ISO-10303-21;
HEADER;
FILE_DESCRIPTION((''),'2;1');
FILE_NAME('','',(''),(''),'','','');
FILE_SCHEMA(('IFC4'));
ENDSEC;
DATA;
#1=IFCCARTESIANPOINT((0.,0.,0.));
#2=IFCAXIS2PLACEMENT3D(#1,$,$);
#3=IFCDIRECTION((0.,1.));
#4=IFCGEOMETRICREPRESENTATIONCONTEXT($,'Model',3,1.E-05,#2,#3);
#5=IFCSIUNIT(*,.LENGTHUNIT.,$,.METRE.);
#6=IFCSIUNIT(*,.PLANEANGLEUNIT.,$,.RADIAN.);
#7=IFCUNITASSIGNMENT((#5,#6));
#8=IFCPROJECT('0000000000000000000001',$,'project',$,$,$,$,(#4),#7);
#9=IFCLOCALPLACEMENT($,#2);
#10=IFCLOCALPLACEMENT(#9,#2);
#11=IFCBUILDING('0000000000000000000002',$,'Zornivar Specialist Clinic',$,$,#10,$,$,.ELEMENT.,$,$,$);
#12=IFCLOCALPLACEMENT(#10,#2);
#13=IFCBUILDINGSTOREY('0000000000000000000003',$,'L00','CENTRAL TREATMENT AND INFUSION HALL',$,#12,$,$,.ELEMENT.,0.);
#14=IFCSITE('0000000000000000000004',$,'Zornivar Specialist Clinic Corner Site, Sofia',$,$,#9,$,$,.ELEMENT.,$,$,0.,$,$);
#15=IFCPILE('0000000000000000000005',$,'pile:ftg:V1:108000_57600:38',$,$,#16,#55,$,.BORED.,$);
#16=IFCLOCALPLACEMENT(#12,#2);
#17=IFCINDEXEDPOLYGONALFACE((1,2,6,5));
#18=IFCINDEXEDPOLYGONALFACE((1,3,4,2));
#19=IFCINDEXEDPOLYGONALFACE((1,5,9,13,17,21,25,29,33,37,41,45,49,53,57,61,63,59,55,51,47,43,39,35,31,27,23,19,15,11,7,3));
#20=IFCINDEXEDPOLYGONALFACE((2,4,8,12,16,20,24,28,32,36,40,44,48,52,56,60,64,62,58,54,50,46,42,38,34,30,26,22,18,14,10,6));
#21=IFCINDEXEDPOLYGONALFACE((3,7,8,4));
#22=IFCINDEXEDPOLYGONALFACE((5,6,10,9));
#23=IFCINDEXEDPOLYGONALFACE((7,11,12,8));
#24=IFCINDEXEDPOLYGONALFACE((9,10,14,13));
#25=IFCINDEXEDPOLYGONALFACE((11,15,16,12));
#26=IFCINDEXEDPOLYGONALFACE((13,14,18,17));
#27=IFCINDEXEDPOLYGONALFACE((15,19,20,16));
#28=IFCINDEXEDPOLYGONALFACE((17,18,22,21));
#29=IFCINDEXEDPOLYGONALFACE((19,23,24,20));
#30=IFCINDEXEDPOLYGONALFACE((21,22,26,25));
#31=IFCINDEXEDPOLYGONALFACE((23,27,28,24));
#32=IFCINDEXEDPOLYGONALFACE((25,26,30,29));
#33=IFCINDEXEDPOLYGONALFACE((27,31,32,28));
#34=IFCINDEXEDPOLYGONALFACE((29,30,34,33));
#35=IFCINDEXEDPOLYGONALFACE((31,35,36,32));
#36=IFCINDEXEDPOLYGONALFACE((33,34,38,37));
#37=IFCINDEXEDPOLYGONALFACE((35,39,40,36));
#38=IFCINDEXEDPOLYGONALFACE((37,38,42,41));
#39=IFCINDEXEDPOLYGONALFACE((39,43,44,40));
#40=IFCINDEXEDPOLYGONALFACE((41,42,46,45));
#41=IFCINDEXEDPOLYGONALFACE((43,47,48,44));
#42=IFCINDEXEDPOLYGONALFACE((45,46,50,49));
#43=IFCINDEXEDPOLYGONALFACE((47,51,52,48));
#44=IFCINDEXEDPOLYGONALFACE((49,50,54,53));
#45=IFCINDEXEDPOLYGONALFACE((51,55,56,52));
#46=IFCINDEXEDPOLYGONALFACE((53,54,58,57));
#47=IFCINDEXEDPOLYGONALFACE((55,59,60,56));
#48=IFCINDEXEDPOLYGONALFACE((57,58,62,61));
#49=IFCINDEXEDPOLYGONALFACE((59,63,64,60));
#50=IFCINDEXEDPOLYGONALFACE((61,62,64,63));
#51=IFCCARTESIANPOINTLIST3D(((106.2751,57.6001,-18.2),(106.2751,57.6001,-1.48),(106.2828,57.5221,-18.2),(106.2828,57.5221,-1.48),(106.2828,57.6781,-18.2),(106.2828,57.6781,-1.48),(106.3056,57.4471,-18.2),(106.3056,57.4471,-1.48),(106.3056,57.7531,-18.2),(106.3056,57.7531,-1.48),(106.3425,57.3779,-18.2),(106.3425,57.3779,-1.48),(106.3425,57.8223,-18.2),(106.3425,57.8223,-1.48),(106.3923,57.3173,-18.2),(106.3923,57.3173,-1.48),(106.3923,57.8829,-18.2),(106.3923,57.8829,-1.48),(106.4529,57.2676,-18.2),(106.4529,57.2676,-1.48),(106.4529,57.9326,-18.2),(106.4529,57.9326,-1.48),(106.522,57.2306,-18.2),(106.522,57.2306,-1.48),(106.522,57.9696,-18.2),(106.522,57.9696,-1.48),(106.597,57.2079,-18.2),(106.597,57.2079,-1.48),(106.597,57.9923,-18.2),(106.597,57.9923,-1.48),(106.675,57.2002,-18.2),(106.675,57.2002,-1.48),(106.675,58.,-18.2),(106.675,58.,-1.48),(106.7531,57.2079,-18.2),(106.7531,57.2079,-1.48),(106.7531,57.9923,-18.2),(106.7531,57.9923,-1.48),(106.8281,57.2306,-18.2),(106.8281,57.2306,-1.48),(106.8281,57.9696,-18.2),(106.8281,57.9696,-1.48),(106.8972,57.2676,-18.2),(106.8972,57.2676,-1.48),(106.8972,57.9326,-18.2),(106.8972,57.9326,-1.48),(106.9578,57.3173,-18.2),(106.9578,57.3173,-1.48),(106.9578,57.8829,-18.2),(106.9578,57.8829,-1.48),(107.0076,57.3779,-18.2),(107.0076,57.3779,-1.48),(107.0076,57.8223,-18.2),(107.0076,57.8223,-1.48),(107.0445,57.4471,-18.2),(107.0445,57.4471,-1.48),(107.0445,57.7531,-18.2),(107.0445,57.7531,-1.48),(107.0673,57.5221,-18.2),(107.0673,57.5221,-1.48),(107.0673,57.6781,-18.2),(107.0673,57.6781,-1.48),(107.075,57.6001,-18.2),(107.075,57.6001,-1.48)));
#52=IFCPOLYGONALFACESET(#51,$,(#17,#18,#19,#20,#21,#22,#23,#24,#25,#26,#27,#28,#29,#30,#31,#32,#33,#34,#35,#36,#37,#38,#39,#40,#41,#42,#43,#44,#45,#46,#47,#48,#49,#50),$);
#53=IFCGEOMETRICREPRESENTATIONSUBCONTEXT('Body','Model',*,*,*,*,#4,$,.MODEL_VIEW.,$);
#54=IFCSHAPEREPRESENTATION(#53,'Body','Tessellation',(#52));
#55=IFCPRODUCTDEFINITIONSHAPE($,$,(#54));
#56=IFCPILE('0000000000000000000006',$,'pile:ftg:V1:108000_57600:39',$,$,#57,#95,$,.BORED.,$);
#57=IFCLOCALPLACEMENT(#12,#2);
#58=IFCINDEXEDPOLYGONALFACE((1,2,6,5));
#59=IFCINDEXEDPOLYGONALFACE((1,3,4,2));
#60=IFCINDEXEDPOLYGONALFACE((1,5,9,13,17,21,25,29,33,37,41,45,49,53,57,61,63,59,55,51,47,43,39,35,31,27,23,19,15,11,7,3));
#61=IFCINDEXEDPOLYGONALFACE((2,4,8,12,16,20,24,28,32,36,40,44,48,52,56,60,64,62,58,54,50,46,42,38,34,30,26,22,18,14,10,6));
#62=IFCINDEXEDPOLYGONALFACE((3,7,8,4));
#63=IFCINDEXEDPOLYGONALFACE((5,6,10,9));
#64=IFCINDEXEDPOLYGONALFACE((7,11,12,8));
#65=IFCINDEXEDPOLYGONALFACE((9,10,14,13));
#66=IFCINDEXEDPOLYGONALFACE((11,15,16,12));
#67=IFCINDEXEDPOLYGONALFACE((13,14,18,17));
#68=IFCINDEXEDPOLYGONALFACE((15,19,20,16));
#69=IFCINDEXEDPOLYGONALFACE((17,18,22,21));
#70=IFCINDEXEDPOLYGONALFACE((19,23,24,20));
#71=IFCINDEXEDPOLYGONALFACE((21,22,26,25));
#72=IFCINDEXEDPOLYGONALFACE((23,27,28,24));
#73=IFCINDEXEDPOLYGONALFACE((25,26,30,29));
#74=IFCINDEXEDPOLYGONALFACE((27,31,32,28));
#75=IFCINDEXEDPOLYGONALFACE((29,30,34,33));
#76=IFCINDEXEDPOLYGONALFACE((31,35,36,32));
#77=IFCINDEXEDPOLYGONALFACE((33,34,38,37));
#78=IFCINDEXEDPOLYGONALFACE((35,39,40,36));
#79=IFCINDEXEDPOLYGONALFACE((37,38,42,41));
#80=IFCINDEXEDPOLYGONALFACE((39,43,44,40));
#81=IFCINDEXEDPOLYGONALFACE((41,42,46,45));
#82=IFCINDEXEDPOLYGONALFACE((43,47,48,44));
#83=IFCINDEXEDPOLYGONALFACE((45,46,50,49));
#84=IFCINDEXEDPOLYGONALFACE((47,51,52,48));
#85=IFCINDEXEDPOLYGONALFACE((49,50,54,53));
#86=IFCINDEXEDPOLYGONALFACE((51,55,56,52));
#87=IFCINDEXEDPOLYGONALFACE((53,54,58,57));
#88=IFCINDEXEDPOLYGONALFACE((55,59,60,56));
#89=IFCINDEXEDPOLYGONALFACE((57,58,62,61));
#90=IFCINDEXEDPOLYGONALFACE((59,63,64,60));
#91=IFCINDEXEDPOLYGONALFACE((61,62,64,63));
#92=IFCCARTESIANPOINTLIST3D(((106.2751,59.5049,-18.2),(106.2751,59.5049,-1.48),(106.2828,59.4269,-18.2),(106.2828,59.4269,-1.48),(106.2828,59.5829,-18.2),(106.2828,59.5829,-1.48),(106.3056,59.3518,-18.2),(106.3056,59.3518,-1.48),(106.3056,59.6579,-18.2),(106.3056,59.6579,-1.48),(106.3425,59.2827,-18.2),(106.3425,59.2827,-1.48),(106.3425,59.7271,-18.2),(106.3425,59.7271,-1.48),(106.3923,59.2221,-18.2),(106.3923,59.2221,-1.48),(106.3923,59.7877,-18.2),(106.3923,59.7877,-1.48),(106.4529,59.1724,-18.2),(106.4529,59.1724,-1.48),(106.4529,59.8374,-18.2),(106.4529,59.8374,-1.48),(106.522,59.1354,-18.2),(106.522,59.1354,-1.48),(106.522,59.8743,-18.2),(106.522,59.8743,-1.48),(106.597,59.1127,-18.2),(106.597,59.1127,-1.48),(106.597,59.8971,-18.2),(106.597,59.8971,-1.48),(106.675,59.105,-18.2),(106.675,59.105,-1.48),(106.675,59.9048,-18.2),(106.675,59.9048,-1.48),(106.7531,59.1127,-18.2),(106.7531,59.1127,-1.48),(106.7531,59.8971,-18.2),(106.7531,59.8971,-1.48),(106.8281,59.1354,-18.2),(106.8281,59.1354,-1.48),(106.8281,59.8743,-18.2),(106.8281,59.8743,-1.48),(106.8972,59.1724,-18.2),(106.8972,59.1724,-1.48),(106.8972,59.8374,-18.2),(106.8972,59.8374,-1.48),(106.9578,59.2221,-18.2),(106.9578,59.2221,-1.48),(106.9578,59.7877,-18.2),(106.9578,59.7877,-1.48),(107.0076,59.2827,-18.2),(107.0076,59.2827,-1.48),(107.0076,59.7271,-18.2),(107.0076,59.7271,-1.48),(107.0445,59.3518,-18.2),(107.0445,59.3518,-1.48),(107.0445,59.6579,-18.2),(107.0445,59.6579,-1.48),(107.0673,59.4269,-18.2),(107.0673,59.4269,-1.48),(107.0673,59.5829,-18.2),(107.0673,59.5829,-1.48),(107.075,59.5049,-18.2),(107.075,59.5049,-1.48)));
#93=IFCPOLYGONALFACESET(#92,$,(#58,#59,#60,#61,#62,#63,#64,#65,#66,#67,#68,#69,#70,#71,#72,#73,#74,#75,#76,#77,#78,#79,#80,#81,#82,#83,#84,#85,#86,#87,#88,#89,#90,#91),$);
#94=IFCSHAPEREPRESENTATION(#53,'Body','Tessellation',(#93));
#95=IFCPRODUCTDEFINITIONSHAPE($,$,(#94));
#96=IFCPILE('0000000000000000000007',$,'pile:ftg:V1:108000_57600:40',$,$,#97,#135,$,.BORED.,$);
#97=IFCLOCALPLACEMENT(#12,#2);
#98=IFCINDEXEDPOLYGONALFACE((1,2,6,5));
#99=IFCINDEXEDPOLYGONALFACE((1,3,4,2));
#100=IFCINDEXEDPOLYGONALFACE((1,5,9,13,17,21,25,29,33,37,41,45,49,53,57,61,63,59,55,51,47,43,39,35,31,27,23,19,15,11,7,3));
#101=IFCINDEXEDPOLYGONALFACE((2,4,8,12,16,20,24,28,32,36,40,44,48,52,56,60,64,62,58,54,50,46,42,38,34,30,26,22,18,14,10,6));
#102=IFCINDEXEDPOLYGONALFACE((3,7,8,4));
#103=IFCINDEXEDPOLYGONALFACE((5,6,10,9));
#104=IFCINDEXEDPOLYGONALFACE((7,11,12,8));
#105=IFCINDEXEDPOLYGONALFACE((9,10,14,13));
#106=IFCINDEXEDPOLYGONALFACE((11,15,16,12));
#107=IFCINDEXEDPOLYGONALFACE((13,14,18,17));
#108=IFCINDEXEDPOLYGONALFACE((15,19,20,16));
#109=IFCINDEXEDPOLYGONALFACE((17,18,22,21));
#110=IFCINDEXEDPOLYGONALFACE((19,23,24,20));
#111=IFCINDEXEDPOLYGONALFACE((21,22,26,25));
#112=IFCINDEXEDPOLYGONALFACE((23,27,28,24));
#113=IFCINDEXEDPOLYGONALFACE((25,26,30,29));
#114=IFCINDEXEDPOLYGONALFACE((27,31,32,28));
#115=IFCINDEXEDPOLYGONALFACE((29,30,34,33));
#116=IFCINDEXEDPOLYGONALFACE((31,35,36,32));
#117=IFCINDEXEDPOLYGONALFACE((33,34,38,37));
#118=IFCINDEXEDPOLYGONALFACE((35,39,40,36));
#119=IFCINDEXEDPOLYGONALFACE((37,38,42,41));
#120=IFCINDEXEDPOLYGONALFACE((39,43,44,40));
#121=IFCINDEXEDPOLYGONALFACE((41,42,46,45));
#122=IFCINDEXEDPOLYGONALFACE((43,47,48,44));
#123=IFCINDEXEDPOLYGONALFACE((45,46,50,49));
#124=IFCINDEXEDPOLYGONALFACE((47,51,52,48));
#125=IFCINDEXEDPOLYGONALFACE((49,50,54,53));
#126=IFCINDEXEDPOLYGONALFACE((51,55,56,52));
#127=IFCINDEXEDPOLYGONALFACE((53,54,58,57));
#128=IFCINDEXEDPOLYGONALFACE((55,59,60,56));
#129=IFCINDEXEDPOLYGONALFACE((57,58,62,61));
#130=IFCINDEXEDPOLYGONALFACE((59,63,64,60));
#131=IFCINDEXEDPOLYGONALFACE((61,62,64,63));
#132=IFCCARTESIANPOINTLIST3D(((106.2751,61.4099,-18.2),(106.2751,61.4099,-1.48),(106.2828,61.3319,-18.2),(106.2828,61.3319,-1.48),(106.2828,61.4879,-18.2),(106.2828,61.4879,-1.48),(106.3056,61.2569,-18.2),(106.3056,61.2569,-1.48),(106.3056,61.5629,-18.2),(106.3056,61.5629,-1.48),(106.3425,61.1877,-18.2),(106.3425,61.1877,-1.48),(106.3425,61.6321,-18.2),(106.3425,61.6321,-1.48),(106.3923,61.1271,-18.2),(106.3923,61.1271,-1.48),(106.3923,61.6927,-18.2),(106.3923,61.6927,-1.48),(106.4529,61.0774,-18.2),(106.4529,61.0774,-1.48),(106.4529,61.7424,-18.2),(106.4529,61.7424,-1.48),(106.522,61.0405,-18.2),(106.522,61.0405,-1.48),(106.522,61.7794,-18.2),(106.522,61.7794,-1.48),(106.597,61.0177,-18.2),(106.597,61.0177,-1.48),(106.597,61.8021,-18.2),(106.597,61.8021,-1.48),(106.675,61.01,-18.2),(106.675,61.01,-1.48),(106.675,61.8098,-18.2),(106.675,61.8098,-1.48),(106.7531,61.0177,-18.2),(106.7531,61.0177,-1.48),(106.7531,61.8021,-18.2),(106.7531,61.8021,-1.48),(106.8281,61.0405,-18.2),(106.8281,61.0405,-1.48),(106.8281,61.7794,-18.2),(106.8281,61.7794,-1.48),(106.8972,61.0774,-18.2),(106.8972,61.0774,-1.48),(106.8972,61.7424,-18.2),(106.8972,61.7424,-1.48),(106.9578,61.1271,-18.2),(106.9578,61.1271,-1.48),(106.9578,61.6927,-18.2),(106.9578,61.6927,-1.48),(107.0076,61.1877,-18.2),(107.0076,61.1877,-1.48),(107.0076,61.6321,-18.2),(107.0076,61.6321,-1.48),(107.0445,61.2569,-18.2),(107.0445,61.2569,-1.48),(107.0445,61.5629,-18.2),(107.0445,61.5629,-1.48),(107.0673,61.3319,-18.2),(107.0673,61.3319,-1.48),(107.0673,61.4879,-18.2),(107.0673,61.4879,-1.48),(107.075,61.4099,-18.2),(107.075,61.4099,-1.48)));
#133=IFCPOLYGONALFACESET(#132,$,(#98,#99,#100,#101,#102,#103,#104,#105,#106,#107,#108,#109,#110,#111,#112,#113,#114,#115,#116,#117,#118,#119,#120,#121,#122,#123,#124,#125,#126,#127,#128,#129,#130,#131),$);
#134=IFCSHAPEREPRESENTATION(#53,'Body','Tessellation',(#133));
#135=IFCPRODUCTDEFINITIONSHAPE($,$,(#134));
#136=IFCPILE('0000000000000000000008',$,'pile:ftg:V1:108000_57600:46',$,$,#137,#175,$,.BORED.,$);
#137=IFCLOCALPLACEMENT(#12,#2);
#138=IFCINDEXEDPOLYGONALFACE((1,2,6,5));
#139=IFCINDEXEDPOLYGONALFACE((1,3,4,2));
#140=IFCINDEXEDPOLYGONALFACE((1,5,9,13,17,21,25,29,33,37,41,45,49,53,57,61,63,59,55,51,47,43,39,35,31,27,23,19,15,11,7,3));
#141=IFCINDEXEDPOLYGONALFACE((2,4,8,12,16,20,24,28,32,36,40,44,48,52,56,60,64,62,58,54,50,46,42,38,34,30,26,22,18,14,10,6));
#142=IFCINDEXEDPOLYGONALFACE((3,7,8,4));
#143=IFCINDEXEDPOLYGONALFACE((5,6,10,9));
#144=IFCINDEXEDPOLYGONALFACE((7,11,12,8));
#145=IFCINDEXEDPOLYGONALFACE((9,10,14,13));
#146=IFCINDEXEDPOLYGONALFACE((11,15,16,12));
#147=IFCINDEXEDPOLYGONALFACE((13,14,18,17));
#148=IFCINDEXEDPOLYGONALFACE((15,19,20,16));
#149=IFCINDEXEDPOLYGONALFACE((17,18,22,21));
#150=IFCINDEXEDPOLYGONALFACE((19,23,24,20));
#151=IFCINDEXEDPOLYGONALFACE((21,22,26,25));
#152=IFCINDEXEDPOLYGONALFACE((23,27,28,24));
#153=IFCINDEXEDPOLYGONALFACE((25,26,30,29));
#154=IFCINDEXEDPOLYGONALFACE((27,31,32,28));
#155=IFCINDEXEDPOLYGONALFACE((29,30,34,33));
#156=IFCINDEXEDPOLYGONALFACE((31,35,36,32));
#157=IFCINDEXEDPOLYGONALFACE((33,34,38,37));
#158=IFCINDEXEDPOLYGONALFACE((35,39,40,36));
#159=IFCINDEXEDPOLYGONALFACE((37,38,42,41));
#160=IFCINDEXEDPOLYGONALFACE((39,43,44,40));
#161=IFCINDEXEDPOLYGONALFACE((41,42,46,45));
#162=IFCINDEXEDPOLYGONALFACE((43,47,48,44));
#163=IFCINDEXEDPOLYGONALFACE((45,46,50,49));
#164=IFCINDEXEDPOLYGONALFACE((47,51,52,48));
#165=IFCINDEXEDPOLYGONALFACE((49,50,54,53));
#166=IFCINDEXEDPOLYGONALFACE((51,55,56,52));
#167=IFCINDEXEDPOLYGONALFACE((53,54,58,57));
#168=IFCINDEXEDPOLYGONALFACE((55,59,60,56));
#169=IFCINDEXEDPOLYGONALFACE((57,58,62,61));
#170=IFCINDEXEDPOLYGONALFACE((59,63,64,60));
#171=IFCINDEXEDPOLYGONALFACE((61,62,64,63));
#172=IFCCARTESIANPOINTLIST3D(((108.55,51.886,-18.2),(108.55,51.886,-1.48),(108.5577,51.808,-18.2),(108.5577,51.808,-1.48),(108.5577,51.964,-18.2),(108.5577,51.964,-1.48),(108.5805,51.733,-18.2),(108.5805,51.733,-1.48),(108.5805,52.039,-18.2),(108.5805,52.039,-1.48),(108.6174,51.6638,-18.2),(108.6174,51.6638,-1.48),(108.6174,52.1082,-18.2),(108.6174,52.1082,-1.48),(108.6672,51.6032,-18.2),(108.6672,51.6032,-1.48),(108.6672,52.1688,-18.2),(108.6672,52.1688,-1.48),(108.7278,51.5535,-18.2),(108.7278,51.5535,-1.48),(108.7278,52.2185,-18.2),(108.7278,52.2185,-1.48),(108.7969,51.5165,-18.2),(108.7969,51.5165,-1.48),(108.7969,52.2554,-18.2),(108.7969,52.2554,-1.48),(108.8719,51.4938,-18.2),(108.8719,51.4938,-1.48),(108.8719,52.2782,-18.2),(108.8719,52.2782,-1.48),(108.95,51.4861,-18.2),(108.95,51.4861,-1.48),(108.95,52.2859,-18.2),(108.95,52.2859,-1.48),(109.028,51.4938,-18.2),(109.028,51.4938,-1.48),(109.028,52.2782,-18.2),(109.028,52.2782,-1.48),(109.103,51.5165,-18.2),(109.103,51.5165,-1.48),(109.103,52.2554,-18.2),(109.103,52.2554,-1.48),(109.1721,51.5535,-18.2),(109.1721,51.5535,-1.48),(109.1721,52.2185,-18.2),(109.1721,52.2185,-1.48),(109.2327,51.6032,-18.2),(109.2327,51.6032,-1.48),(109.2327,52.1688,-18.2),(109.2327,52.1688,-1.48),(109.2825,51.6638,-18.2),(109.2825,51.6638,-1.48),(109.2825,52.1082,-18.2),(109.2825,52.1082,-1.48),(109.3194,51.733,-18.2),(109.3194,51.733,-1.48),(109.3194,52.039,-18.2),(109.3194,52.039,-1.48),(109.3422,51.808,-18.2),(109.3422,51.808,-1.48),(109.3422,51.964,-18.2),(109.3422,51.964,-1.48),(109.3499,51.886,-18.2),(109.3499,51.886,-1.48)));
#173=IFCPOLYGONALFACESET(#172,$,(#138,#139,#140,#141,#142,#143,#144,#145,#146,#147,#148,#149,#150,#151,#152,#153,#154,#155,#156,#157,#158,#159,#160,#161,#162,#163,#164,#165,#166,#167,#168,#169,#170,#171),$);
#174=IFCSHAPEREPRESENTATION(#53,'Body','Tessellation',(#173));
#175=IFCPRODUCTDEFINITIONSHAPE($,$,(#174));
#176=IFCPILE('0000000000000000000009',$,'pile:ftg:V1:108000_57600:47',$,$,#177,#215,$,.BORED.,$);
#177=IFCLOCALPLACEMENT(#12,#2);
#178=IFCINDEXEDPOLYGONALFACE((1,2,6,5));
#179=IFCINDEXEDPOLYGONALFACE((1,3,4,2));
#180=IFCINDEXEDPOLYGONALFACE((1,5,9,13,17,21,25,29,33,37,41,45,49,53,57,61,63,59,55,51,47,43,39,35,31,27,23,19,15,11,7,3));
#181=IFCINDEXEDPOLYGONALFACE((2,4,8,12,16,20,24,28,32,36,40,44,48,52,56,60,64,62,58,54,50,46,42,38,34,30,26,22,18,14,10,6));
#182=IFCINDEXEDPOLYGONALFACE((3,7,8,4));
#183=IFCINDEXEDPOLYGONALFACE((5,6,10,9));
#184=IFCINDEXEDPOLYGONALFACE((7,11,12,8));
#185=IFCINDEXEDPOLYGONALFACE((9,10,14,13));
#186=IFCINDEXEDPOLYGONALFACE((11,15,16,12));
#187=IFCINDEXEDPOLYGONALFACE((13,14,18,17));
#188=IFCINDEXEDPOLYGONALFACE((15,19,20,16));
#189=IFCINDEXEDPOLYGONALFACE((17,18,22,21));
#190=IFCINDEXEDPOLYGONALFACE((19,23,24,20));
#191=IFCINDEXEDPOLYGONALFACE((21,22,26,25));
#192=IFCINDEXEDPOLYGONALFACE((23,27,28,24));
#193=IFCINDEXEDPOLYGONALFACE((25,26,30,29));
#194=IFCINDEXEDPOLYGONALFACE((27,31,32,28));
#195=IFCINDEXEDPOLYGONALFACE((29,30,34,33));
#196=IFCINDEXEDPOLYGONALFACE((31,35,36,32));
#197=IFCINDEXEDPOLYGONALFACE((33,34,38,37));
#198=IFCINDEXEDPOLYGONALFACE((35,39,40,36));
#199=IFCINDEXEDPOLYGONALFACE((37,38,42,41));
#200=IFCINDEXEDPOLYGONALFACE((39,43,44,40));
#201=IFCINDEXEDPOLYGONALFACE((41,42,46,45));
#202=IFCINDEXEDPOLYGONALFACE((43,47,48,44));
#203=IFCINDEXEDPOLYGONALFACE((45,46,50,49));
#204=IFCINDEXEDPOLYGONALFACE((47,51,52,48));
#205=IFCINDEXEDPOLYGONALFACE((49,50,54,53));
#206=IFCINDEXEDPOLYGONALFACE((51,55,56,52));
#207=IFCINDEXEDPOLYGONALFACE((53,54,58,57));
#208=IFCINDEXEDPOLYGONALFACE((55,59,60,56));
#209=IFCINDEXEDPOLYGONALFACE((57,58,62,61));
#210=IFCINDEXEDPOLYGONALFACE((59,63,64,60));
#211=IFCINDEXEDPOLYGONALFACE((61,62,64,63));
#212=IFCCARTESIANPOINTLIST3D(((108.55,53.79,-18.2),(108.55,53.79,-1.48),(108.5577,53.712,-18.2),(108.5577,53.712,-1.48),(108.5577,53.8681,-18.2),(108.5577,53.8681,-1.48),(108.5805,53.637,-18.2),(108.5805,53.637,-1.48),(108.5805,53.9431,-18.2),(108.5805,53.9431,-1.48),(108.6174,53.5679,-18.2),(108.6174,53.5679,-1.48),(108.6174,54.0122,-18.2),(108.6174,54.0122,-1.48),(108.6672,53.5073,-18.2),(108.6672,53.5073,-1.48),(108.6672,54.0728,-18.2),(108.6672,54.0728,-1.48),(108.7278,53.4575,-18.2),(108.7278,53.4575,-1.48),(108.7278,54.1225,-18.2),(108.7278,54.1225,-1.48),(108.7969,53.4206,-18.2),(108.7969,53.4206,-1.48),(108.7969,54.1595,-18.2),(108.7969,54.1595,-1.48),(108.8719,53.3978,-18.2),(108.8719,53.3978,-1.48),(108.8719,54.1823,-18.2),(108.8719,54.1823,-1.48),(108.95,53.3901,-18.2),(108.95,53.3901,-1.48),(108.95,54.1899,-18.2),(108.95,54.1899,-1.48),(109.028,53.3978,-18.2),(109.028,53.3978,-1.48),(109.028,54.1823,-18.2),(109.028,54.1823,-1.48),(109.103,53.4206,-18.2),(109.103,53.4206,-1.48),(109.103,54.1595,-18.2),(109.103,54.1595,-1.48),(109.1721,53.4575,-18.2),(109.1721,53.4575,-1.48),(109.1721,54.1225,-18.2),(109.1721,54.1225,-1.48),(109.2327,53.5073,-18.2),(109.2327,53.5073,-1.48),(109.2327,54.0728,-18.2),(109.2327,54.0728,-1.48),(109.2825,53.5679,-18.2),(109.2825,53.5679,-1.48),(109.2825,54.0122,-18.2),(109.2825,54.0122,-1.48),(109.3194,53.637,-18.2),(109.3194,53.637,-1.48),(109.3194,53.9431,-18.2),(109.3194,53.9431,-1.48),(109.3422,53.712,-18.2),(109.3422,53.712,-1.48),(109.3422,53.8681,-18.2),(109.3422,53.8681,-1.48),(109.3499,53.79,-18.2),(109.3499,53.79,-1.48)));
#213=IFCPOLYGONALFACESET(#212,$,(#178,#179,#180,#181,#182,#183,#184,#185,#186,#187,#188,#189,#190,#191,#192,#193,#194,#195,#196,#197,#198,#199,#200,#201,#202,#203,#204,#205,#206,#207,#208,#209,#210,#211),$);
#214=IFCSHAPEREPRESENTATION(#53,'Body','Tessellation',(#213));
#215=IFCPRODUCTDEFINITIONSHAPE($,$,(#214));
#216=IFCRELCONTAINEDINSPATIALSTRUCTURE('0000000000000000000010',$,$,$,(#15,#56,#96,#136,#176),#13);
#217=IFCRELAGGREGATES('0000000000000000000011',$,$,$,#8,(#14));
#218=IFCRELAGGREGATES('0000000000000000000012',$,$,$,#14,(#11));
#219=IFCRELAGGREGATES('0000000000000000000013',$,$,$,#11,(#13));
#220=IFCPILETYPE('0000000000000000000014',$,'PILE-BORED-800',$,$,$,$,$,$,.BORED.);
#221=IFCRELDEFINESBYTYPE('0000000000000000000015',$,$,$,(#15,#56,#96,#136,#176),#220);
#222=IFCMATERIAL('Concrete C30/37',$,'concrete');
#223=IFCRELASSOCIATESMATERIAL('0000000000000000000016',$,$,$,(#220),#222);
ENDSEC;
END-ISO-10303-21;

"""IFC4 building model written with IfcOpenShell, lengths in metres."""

from ifc_helpers import new_model, si_unit, direction, frame, origin, origin_2d, place, context, subcontext, project, spatial, circle, extrude, material, material_profile, profile_set, type_object, element, save


model = new_model("IFC4")

# Units and contexts
model_context = context("Model", 3, precision=1e-05, world=origin(), true_north=direction((0.0, 1.0)))
body_context = subcontext(model_context, "Body", "Model", "MODEL_VIEW")
ifc_project = project(units=[si_unit("LENGTHUNIT", "METRE"), si_unit("PLANEANGLEUNIT", "RADIAN")], contexts=[model_context])

# Site, building, storey
site_placement = place(None, origin())
site = spatial("IfcSite", under=ifc_project, at=site_placement, Name="Zornivar Specialist Clinic Corner Site, Sofia", CompositionType="ELEMENT", RefElevation=0.0)
building_placement = place(site_placement, origin())
building = spatial("IfcBuilding", under=site, at=building_placement, Name="Zornivar Specialist Clinic", CompositionType="ELEMENT")
storey_placement = place(building_placement, origin())
storey = spatial("IfcBuildingStorey", under=building, at=storey_placement, Name="L00", Description="CENTRAL TREATMENT AND INFUSION HALL", CompositionType="ELEMENT", Elevation=0.0)

# Piles
ifc_material_1 = material(Name="Concrete C30/37", Category="concrete")
ifc_material_profile_1 = material_profile(ifc_material_1, circle(Radius=0.3999, at=origin_2d()), Name="PILE D800")
ifc_profile_set_1 = profile_set([ifc_material_profile_1], Name="Concrete C30/37")
pile_type = type_object("IfcPileType", Name="PILE-BORED-800", PredefinedType="BORED", material=ifc_profile_set_1)
for number, where, z_axis, x_axis, name in (
    (1, (106.675, 57.6001, -1.48), (0.0, 0.0, -1.0), (1.0, 0.0, 0.0), "pile:ftg:V1:108000_57600:38"),
    (2, (106.675, 59.5049, -1.48), (0.0, 0.0, -1.0), (1.0, 0.0, 0.0), "pile:ftg:V1:108000_57600:39"),
    (3, (106.675, 61.4099, -1.48), (0.0, 0.0, -1.0), (1.0, 0.0, 0.0), "pile:ftg:V1:108000_57600:40"),
    (4, (108.95, 51.886, -1.48), (0.0, 0.0, -1.0), (1.0, 0.0, 0.0), "pile:ftg:V1:108000_57600:46"),
    (5, (108.95, 53.79, -1.48), (0.0, 0.0, -1.0), (1.0, 0.0, 0.0), "pile:ftg:V1:108000_57600:47"),
):
    element("IfcPile", number, at=place(storey_placement, frame(where, z_axis=z_axis, x_axis=x_axis)), inside=storey, type_object=pile_type, Name=name, PredefinedType="BORED", context=body_context, shape_type="SweptSolid", body=[
        extrude(circle(Radius=0.3999, at=origin_2d()), origin(), (0.0, 0.0, 1.0), 16.72),
    ])

save(model, "model.ifc")
